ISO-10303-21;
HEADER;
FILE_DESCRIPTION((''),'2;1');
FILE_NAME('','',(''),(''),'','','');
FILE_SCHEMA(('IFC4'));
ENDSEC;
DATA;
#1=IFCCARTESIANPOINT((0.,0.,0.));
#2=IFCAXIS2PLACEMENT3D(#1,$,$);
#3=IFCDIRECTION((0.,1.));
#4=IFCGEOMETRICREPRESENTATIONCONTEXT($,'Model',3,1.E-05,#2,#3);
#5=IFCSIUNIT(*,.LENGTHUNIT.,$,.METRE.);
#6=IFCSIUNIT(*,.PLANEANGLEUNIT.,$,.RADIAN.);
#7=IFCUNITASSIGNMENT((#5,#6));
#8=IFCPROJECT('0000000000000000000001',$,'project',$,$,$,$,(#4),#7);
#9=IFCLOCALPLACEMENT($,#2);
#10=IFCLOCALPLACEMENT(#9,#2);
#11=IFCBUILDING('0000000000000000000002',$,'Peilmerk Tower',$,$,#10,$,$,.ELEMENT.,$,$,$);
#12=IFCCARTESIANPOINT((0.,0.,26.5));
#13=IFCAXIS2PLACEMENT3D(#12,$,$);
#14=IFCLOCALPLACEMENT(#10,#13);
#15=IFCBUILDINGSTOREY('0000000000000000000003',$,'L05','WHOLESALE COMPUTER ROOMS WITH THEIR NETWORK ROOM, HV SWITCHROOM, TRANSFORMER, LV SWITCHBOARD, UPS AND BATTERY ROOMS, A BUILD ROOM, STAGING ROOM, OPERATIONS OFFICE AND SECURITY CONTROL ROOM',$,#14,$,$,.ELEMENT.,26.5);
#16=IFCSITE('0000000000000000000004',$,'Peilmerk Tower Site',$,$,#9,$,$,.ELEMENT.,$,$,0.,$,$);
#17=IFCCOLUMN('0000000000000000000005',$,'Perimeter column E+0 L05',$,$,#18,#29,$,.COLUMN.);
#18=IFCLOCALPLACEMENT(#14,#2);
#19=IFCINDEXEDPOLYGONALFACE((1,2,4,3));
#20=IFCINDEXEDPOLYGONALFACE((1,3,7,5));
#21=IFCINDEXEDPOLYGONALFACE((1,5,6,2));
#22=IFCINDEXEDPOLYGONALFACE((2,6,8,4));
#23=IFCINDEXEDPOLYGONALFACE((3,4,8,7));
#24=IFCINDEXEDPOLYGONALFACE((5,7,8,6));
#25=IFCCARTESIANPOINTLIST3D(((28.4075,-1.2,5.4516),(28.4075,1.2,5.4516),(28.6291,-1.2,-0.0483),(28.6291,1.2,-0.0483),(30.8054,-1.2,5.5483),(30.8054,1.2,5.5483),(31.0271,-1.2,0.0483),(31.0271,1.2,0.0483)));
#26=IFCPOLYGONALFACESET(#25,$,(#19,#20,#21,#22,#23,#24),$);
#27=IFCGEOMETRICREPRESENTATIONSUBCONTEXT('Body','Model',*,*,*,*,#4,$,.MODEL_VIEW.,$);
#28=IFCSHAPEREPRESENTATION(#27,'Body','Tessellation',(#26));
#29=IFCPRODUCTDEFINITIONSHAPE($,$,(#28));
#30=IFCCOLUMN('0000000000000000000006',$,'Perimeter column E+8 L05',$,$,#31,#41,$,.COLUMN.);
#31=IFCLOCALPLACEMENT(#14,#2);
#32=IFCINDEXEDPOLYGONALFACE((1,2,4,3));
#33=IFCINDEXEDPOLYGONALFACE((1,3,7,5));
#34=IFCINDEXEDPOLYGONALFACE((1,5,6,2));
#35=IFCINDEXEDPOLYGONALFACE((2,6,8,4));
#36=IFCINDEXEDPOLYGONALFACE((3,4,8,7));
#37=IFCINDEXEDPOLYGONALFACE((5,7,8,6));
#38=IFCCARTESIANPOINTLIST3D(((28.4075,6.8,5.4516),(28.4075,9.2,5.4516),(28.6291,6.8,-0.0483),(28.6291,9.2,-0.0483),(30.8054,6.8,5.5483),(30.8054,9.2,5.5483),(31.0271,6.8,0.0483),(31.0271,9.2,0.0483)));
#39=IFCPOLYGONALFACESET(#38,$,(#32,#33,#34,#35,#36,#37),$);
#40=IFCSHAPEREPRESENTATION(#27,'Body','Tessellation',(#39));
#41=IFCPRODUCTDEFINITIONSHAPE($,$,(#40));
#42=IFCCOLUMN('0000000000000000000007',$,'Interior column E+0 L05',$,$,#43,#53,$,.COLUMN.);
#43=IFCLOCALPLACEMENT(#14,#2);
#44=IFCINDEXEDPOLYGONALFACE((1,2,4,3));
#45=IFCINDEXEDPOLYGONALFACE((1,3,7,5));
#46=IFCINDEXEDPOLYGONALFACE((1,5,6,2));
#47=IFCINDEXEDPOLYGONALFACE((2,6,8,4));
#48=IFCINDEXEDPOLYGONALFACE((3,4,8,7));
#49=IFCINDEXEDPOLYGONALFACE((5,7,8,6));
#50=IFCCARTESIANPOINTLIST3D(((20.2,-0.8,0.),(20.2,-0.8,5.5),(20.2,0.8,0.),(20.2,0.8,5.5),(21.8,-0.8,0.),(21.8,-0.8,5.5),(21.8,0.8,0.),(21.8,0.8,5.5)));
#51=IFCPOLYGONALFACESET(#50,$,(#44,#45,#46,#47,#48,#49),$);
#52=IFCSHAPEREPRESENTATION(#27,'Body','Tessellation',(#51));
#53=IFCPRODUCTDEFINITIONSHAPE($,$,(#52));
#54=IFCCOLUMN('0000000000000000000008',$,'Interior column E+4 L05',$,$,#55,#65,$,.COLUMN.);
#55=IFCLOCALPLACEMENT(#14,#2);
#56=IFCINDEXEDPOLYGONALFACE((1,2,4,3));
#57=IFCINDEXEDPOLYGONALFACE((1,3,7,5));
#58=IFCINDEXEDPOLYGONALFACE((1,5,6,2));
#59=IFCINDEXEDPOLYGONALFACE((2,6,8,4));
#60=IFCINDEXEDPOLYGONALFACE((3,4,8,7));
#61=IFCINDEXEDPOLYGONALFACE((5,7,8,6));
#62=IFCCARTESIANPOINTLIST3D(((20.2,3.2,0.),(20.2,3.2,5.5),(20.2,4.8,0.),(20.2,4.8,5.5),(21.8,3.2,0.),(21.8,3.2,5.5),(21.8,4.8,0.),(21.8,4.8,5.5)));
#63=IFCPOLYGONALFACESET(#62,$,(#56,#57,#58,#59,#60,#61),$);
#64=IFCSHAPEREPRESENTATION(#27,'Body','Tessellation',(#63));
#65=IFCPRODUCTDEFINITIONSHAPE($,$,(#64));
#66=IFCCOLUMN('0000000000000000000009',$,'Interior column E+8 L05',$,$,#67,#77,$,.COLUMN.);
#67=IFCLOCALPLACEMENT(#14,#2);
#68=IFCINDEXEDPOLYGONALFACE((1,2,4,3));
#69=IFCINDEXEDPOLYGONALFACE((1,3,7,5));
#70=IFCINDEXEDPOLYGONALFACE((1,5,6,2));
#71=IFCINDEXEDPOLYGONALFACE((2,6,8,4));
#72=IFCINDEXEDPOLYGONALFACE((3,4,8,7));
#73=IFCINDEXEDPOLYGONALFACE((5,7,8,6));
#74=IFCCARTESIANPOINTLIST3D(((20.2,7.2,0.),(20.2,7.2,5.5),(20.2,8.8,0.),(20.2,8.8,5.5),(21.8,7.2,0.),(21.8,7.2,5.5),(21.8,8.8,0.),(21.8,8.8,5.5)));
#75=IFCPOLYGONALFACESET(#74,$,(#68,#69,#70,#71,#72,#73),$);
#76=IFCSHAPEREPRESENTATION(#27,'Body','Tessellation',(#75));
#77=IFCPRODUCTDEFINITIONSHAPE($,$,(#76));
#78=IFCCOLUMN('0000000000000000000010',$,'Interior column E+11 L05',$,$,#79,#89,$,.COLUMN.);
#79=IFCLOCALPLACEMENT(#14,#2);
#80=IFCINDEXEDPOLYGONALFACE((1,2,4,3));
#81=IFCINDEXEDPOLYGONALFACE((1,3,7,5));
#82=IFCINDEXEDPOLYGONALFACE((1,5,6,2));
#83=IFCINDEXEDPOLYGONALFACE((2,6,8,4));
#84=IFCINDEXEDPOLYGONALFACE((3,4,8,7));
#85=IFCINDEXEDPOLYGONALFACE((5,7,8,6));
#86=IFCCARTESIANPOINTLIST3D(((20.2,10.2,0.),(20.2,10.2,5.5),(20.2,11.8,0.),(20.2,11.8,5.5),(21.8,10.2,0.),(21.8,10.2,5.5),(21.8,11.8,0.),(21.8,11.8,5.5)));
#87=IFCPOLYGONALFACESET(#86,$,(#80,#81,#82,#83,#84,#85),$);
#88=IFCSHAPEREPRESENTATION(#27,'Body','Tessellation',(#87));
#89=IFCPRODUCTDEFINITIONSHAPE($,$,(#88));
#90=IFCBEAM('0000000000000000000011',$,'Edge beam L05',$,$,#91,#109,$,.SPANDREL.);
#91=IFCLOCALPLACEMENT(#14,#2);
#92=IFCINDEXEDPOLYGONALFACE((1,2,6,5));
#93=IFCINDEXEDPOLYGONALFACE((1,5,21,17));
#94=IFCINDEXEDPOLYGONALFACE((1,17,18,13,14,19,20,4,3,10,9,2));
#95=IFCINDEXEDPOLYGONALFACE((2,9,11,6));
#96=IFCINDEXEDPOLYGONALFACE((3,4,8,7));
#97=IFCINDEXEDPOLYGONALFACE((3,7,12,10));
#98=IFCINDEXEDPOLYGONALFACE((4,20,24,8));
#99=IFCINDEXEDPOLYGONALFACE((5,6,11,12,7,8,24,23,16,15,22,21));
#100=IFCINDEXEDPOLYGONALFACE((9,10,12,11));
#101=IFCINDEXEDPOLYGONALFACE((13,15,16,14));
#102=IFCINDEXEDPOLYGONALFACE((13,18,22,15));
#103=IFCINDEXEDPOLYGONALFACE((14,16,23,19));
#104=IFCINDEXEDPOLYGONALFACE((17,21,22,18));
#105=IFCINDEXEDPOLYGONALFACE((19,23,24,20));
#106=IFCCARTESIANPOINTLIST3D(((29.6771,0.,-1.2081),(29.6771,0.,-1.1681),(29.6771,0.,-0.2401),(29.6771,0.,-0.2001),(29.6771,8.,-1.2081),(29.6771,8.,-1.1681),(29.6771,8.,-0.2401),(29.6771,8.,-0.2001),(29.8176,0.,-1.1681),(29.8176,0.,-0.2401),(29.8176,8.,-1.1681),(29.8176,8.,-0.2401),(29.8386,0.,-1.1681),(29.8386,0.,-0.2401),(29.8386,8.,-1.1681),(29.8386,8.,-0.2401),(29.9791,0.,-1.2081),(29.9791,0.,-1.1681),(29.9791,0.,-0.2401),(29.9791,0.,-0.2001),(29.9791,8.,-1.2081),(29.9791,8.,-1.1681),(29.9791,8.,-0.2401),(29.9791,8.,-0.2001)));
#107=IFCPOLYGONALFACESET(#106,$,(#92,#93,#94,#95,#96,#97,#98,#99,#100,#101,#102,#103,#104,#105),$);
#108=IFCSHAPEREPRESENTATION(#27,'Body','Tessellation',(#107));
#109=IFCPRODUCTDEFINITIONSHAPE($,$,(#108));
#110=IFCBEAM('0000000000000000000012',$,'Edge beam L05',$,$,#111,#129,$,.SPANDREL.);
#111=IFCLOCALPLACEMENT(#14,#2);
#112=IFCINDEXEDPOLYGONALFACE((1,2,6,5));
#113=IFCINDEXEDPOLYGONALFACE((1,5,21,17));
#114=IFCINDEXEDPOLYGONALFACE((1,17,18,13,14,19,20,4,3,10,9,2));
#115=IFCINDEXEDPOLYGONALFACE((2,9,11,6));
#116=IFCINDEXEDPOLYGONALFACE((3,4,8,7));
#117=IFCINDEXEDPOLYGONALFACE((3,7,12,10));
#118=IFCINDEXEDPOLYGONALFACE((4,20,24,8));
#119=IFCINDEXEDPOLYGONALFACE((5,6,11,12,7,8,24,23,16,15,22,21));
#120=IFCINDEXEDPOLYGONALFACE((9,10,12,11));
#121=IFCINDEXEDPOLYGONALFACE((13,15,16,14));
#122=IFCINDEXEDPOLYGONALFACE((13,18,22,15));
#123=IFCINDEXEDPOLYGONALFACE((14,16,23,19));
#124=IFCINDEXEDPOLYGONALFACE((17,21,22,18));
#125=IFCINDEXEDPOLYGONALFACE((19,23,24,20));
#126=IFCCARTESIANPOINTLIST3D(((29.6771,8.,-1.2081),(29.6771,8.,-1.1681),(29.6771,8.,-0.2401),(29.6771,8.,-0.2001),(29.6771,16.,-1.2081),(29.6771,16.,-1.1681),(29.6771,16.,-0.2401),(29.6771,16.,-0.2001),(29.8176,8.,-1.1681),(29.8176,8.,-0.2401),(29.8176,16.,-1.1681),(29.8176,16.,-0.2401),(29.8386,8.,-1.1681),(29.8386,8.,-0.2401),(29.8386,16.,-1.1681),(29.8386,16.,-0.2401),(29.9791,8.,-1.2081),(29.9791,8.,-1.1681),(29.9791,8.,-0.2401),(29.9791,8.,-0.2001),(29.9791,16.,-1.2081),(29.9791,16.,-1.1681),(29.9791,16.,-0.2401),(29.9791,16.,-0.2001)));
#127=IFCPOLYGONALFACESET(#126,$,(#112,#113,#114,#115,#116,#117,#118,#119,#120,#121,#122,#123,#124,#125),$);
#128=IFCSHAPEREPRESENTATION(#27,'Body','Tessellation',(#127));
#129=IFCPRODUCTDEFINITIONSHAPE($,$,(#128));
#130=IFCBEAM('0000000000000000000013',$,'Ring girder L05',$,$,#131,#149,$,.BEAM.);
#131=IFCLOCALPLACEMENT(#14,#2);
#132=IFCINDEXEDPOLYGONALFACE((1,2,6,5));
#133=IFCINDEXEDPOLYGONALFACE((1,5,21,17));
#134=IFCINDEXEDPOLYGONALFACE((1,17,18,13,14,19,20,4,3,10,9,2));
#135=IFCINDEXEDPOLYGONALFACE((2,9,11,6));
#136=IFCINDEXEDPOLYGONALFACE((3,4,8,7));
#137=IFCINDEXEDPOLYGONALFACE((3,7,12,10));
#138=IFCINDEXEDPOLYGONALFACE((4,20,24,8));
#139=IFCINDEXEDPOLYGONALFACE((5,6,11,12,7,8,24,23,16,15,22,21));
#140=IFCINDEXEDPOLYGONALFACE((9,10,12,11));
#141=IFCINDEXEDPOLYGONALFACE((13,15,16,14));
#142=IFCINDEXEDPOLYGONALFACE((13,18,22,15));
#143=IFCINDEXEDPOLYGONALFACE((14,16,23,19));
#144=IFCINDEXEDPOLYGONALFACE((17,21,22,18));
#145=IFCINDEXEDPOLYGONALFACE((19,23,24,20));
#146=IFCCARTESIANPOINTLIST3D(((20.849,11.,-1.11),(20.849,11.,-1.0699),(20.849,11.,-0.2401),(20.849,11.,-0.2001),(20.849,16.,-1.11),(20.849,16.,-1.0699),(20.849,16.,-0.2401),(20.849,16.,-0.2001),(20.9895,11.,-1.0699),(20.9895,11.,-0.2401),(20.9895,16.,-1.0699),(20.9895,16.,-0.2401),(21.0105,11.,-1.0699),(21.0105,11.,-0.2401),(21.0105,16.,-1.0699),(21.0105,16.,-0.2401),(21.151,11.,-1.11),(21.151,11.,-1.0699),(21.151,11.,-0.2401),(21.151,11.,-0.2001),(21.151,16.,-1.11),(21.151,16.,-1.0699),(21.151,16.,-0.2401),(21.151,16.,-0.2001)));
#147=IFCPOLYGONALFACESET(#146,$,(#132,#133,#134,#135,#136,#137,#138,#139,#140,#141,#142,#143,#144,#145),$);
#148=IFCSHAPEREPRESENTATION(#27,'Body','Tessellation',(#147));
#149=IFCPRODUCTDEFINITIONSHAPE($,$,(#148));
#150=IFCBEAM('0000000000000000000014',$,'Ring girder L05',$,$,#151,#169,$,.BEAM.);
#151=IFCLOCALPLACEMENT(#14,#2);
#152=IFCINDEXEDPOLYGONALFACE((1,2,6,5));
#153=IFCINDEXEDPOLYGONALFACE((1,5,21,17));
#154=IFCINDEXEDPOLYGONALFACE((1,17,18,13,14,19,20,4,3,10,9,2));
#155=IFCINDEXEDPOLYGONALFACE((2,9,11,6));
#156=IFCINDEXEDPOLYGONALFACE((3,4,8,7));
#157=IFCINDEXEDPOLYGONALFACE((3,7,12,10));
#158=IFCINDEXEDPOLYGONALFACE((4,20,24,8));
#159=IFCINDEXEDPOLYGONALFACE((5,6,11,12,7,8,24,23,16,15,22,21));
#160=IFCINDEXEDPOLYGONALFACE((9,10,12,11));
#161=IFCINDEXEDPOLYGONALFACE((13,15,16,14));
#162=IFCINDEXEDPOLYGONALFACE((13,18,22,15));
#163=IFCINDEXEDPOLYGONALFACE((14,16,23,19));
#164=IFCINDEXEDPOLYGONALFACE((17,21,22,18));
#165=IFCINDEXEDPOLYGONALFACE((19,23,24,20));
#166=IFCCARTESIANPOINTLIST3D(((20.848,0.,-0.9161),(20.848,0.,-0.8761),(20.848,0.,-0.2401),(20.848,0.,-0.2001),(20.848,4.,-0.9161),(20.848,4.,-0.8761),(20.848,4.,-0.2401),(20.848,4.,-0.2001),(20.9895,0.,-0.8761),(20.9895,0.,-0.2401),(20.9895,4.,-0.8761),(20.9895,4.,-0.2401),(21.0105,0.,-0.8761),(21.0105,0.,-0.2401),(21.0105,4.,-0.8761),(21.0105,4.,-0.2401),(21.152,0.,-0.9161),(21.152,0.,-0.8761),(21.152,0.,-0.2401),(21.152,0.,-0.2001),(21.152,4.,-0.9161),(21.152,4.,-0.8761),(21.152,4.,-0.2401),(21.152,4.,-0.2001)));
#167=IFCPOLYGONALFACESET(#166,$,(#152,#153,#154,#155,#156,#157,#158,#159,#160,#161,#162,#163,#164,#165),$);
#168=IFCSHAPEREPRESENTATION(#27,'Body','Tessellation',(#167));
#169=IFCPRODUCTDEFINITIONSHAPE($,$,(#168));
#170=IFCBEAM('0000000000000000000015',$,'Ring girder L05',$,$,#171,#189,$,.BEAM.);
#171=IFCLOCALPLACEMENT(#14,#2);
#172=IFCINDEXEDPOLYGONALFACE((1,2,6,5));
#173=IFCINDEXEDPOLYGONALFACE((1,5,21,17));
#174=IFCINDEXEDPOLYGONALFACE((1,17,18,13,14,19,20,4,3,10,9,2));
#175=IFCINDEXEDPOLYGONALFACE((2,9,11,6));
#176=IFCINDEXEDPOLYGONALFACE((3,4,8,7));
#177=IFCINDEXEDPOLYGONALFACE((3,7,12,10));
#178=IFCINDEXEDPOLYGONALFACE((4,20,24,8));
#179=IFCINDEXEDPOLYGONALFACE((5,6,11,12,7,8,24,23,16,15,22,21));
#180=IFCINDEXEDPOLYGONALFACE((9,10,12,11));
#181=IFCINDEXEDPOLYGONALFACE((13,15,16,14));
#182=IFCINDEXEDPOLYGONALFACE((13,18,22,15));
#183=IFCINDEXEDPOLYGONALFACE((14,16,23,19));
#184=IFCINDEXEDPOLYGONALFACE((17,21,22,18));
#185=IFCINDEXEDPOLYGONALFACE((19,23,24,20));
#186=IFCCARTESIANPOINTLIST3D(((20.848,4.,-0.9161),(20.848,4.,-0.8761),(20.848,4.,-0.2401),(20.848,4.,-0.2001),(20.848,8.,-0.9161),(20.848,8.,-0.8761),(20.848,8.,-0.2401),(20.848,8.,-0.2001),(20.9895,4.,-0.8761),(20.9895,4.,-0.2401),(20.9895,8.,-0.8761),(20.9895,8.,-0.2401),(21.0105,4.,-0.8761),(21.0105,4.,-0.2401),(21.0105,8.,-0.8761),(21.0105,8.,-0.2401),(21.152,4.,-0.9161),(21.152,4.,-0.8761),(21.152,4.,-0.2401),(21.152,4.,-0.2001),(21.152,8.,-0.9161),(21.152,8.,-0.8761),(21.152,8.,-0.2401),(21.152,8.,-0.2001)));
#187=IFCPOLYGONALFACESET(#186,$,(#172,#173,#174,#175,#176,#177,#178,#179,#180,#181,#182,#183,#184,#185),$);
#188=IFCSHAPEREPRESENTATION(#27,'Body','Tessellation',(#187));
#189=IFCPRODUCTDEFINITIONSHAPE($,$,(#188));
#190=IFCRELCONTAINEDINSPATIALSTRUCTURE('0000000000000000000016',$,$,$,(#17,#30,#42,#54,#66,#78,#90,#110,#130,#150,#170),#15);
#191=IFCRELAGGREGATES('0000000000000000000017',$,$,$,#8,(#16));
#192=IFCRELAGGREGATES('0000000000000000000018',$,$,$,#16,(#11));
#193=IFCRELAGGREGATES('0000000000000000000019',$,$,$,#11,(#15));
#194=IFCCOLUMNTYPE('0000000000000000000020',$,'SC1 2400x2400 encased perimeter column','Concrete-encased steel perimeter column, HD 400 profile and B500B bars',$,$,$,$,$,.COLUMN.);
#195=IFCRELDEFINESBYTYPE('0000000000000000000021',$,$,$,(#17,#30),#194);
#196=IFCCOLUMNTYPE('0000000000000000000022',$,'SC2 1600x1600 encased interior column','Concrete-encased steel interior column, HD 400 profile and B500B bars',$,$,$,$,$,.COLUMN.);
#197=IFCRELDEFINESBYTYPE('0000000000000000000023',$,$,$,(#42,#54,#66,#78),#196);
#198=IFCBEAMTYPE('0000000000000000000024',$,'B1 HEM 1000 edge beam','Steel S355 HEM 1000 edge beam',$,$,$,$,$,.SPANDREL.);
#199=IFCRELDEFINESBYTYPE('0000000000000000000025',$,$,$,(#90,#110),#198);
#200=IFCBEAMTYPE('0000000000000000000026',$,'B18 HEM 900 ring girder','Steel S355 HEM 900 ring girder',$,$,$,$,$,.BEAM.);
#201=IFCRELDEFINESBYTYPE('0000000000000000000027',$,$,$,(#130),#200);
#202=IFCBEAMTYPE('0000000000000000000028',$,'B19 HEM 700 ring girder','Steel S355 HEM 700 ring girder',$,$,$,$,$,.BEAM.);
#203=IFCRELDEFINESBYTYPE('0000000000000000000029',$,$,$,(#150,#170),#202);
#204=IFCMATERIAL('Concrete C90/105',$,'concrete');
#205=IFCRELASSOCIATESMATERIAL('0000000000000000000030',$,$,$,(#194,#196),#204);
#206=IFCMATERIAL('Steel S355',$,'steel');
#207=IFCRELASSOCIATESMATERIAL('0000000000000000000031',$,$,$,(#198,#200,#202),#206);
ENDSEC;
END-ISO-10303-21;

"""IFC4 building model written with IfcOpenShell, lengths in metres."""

from ifc_helpers import new_model, si_unit, direction, frame, origin, origin_2d, place, context, subcontext, project, spatial, rectangle, i_section, extrude, material, material_profile, profile_set, type_object, element, save


model = new_model("IFC4")

# Units and contexts
model_context = context("Model", 3, precision=1e-05, world=origin(), true_north=direction((0.0, 1.0)))
body_context = subcontext(model_context, "Body", "Model", "MODEL_VIEW")
ifc_project = project(units=[si_unit("LENGTHUNIT", "METRE"), si_unit("PLANEANGLEUNIT", "RADIAN")], contexts=[model_context])

# Site, building, storey
site_placement = place(None, origin())
site = spatial("IfcSite", under=ifc_project, at=site_placement, Name="Peilmerk Tower Site", CompositionType="ELEMENT", RefElevation=0.0)
building_placement = place(site_placement, origin())
building = spatial("IfcBuilding", under=site, at=building_placement, Name="Peilmerk Tower", CompositionType="ELEMENT")
storey_placement = place(building_placement, frame((0.0, 0.0, 26.5)))
storey = spatial("IfcBuildingStorey", under=building, at=storey_placement, Name="L05", Description="WHOLESALE COMPUTER ROOMS WITH THEIR NETWORK ROOM, HV SWITCHROOM, TRANSFORMER, LV SWITCHBOARD, UPS AND BATTERY ROOMS, A BUILD ROOM, STAGING ROOM, OPERATIONS OFFICE AND SECURITY CONTROL ROOM", CompositionType="ELEMENT", Elevation=26.5)

# Columns
ifc_material_1 = material(Name="Concrete C90/105", Category="concrete")
ifc_material_profile_1 = material_profile(ifc_material_1, rectangle(XDim=2.3999, YDim=2.3999, at=origin_2d()), Name="RC 2400x2400")
ifc_profile_set_1 = profile_set([ifc_material_profile_1], Name="Concrete C90/105")
column_type_1 = type_object("IfcColumnType", Name="SC1 2400x2400 encased perimeter column", Description="Concrete-encased steel perimeter column, HD 400 profile and B500B bars", PredefinedType="COLUMN", material=ifc_profile_set_1)
for number, where, z_axis, x_axis, name in (
    (1, (29.8281, 0.0, 0.0), (-0.040273, 0.0, 0.999189), (0.0, -1.0, 0.0), "Perimeter column E+0 L05"),
    (2, (29.8281, 8.0, 0.0), (-0.040273, 0.0, 0.999189), (0.0, -1.0, 0.0), "Perimeter column E+8 L05"),
):
    element("IfcColumn", number, at=place(storey_placement, frame(where, z_axis=z_axis, x_axis=x_axis)), inside=storey, type_object=column_type_1, Name=name, PredefinedType="COLUMN", context=body_context, shape_type="SweptSolid", body=[
        extrude(rectangle(XDim=2.3999, YDim=2.3999, at=origin_2d()), origin(), (0.0, 0.0, 1.0), 5.5044),
    ])
ifc_material_profile_2 = material_profile(ifc_material_1, rectangle(XDim=1.6001, YDim=1.6001, at=origin_2d()), Name="RC 1600x1600")
ifc_profile_set_2 = profile_set([ifc_material_profile_2], Name="Concrete C90/105")
column_type_2 = type_object("IfcColumnType", Name="SC2 1600x1600 encased interior column", Description="Concrete-encased steel interior column, HD 400 profile and B500B bars", PredefinedType="COLUMN", material=ifc_profile_set_2)
for number, where, z_axis, x_axis, name in (
    (3, (21.0, 0.0, 0.0), (0.0, 0.0, 1.0), (1.0, 0.0, 0.0), "Interior column E+0 L05"),
    (4, (21.0, 4.0, 0.0), (0.0, 0.0, 1.0), (1.0, 0.0, 0.0), "Interior column E+4 L05"),
    (5, (21.0, 8.0, 0.0), (0.0, 0.0, 1.0), (1.0, 0.0, 0.0), "Interior column E+8 L05"),
    (6, (21.0, 11.0, 0.0), (0.0, 0.0, 1.0), (1.0, 0.0, 0.0), "Interior column E+11 L05"),
):
    element("IfcColumn", number, at=place(storey_placement, frame(where, z_axis=z_axis, x_axis=x_axis)), inside=storey, type_object=column_type_2, Name=name, PredefinedType="COLUMN", context=body_context, shape_type="SweptSolid", body=[
        extrude(rectangle(XDim=1.6001, YDim=1.6001, at=origin_2d()), origin(), (0.0, 0.0, 1.0), 5.5),
    ])

# Beams
ifc_material_2 = material(Name="Steel S355", Category="steel")
ifc_material_profile_3 = material_profile(ifc_material_2, i_section(OverallWidth=0.302, OverallDepth=1.0081, WebThickness=0.021, FlangeThickness=0.04, at=origin_2d()), Name="HEM 1000")
ifc_profile_set_3 = profile_set([ifc_material_profile_3], Name="Steel S355")
beam_type_1 = type_object("IfcBeamType", Name="B1 HEM 1000 edge beam", Description="Steel S355 HEM 1000 edge beam", PredefinedType="SPANDREL", material=ifc_profile_set_3)
for number, where, z_axis, x_axis, name in (
    (7, (29.8281, 0.0, -0.7041), (0.0, 1.0, 0.0), (-1.0, 0.0, 0.0), "Edge beam L05"),
    (8, (29.8281, 8.0, -0.7041), (0.0, 1.0, 0.0), (-1.0, 0.0, 0.0), "Edge beam L05"),
):
    element("IfcBeam", number, at=place(storey_placement, frame(where, z_axis=z_axis, x_axis=x_axis)), inside=storey, type_object=beam_type_1, Name=name, PredefinedType="SPANDREL", context=body_context, shape_type="SweptSolid", body=[
        extrude(i_section(OverallWidth=0.302, OverallDepth=1.0081, WebThickness=0.021, FlangeThickness=0.04, at=origin_2d()), origin(), (0.0, 0.0, 1.0), 8.0),
    ])
ifc_material_profile_4 = material_profile(ifc_material_2, i_section(OverallWidth=0.302, OverallDepth=0.9099, WebThickness=0.021, FlangeThickness=0.04, at=origin_2d()), Name="HEM 900")
ifc_profile_set_4 = profile_set([ifc_material_profile_4], Name="Steel S355")
beam_type_2 = type_object("IfcBeamType", Name="B18 HEM 900 ring girder", Description="Steel S355 HEM 900 ring girder", PredefinedType="BEAM", material=ifc_profile_set_4)
beam_1_placement = place(storey_placement, frame((21.0, 11.0, -0.655), z_axis=(0.0, 1.0, 0.0), x_axis=(-1.0, 0.0, 0.0)))
element("IfcBeam", 9, at=beam_1_placement, inside=storey, type_object=beam_type_2, Name="Ring girder L05", PredefinedType="BEAM", context=body_context, shape_type="SweptSolid", body=[
    extrude(i_section(OverallWidth=0.302, OverallDepth=0.9099, WebThickness=0.021, FlangeThickness=0.04, at=origin_2d()), origin(), (0.0, 0.0, 1.0), 5.0),
])
ifc_material_profile_5 = material_profile(ifc_material_2, i_section(OverallWidth=0.304, OverallDepth=0.7161, WebThickness=0.021, FlangeThickness=0.04, at=origin_2d()), Name="HEM 700")
ifc_profile_set_5 = profile_set([ifc_material_profile_5], Name="Steel S355")
beam_type_3 = type_object("IfcBeamType", Name="B19 HEM 700 ring girder", Description="Steel S355 HEM 700 ring girder", PredefinedType="BEAM", material=ifc_profile_set_5)
for number, where, z_axis, x_axis, name in (
    (10, (21.0, 0.0, -0.5581), (0.0, 1.0, 0.0), (-1.0, 0.0, 0.0), "Ring girder L05"),
    (11, (21.0, 4.0, -0.5581), (0.0, 1.0, 0.0), (-1.0, 0.0, 0.0), "Ring girder L05"),
):
    element("IfcBeam", number, at=place(storey_placement, frame(where, z_axis=z_axis, x_axis=x_axis)), inside=storey, type_object=beam_type_3, Name=name, PredefinedType="BEAM", context=body_context, shape_type="SweptSolid", body=[
        extrude(i_section(OverallWidth=0.304, OverallDepth=0.7161, WebThickness=0.021, FlangeThickness=0.04, at=origin_2d()), origin(), (0.0, 0.0, 1.0), 4.0),
    ])

save(model, "model.ifc")
